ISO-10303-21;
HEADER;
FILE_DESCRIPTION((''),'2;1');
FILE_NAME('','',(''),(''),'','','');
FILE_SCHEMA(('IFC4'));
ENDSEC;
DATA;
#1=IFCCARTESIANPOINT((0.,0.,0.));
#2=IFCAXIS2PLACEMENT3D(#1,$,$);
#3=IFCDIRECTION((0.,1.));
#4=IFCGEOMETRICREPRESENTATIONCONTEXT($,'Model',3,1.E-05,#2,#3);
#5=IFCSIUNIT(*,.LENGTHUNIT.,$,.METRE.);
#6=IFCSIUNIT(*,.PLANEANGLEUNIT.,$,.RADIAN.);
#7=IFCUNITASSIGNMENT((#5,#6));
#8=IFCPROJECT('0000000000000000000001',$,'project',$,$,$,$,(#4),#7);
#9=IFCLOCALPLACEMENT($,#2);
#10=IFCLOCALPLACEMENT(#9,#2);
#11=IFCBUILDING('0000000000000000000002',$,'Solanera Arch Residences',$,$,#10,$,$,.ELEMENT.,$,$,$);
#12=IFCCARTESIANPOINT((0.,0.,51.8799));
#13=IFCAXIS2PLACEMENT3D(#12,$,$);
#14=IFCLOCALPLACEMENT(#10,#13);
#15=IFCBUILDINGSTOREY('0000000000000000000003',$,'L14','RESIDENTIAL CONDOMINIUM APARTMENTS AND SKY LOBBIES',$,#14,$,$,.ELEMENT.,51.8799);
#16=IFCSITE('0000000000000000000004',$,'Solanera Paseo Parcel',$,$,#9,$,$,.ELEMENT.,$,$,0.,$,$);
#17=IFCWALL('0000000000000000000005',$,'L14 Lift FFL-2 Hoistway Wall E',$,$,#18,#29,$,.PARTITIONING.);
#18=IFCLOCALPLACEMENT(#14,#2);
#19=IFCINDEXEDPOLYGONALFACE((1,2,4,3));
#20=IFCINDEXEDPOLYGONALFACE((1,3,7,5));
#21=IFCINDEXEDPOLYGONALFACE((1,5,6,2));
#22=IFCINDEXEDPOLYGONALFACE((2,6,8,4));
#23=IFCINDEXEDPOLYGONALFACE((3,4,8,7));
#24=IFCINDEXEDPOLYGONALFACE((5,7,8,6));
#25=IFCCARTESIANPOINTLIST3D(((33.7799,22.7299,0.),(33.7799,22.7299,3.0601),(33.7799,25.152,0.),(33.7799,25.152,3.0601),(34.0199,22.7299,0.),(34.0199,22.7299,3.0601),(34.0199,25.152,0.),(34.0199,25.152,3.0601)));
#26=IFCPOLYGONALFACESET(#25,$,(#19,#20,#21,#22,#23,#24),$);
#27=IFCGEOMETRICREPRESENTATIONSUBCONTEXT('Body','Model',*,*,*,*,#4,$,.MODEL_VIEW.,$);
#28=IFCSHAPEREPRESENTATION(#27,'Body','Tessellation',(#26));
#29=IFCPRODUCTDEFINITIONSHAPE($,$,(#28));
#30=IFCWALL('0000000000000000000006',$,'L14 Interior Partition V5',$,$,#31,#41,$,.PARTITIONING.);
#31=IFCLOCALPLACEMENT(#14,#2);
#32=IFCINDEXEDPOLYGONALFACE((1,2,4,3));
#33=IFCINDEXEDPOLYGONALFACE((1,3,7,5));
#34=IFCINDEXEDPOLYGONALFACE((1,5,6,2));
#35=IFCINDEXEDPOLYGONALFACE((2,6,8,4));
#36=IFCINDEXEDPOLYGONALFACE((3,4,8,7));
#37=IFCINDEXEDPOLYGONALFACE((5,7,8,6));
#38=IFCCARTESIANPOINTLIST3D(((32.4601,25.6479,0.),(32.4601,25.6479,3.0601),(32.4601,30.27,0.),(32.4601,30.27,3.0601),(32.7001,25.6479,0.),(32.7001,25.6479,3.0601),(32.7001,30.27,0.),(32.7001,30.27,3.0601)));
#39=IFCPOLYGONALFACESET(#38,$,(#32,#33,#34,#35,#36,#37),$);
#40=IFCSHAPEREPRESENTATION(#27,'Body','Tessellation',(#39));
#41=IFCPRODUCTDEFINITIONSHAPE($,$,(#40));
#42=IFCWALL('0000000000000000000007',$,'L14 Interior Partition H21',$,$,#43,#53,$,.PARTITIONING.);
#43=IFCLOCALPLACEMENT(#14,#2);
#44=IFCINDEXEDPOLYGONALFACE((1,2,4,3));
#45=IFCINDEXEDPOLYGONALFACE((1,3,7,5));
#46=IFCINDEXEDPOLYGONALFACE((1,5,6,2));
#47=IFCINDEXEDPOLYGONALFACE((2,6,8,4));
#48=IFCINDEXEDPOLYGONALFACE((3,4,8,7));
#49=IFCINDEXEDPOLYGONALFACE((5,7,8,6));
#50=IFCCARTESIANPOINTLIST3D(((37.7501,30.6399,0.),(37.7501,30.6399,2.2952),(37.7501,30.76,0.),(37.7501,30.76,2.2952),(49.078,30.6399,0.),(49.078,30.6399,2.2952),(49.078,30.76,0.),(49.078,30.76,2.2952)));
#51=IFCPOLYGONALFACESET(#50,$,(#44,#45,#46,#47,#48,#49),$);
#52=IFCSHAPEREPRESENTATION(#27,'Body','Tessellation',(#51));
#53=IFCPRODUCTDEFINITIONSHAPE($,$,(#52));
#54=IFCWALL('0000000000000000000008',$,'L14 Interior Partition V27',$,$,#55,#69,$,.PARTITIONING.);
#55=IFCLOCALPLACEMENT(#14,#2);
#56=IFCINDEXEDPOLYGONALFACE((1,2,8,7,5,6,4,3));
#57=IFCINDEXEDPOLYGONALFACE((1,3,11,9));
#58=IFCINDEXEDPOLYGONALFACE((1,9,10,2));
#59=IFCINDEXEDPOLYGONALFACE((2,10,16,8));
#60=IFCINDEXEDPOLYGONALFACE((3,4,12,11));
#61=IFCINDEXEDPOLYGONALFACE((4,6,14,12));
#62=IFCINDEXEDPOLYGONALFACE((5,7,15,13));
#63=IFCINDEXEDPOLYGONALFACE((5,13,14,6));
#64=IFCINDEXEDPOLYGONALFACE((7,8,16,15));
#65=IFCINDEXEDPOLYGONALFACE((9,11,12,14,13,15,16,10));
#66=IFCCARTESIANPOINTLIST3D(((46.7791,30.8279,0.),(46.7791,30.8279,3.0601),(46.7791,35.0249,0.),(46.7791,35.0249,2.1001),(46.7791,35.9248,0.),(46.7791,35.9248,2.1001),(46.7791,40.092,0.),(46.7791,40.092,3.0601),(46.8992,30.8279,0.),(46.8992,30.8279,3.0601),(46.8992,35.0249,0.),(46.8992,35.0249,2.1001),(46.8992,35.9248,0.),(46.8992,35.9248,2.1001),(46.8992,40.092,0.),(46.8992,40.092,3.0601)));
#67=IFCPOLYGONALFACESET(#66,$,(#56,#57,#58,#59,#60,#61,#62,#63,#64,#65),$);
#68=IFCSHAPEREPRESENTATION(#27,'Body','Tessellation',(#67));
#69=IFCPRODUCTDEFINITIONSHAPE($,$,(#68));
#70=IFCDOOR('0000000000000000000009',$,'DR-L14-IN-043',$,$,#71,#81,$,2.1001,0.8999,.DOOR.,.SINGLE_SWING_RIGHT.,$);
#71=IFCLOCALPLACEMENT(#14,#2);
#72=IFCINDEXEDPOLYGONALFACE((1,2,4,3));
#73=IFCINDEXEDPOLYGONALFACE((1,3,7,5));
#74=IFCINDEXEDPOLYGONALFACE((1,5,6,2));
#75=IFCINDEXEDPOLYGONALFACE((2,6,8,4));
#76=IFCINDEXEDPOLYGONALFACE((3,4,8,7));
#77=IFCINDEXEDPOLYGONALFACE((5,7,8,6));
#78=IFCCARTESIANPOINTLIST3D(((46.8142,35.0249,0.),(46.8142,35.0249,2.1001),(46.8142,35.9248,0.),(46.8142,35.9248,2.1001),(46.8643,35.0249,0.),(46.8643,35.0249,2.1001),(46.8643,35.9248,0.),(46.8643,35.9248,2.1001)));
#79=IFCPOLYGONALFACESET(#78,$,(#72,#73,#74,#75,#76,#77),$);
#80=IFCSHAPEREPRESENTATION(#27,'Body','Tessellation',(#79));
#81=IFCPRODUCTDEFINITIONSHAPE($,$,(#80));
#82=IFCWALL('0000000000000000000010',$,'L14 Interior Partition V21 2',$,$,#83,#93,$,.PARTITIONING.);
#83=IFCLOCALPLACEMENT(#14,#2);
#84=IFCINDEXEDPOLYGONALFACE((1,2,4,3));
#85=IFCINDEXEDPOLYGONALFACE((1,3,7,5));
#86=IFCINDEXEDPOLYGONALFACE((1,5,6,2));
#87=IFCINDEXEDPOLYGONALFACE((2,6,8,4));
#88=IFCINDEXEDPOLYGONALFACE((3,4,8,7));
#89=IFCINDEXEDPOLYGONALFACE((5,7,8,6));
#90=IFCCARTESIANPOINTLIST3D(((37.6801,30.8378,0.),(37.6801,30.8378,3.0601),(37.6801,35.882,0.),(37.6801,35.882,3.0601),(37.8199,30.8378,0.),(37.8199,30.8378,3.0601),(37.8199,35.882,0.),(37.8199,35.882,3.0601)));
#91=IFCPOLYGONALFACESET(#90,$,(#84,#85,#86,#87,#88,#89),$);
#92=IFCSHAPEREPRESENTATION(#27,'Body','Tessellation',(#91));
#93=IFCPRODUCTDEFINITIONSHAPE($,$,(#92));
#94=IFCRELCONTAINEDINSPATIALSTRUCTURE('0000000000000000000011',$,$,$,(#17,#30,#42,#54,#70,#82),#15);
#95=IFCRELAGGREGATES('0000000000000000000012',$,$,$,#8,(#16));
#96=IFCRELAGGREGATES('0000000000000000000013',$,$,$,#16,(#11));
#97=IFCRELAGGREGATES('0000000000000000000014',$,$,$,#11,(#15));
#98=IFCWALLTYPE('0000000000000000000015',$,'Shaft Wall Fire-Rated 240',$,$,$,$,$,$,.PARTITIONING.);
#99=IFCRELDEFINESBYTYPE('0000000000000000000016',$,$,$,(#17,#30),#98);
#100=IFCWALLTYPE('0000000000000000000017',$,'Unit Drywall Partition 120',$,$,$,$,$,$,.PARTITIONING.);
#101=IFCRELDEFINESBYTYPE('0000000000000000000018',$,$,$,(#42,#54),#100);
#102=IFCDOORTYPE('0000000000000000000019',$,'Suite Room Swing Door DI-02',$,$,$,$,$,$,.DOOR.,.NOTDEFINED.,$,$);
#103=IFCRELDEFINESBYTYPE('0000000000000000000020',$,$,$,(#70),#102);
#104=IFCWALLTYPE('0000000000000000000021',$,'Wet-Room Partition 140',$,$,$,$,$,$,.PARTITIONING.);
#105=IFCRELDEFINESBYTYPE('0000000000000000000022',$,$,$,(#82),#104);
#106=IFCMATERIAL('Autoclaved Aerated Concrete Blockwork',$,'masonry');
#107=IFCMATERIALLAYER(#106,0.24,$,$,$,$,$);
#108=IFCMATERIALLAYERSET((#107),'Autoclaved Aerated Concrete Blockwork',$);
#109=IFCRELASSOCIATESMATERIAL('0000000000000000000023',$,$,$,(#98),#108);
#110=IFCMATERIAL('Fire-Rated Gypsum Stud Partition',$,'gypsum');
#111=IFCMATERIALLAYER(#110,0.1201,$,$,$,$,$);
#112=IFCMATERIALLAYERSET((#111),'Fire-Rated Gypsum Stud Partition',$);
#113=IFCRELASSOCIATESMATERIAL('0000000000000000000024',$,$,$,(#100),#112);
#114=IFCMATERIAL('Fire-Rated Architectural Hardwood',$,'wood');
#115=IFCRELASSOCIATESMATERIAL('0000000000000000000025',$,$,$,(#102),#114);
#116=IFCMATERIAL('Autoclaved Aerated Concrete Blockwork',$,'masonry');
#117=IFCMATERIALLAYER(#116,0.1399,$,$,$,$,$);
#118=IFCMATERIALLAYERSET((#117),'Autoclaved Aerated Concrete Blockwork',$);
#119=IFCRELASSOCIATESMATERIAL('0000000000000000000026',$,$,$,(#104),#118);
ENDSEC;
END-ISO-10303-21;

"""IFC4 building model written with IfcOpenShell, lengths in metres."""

from ifc_helpers import new_model, si_unit, direction, frame, frame_2d, origin, place, context, subcontext, project, spatial, rectangle, extrude, material, layer, layer_set, type_object, element, fill, save


model = new_model("IFC4")

# Units and contexts
model_context = context("Model", 3, precision=1e-05, world=origin(), true_north=direction((0.0, 1.0)))
body_context = subcontext(model_context, "Body", "Model", "MODEL_VIEW")
ifc_project = project(units=[si_unit("LENGTHUNIT", "METRE"), si_unit("PLANEANGLEUNIT", "RADIAN")], contexts=[model_context])

# Site, building, storey
site_placement = place(None, origin())
site = spatial("IfcSite", under=ifc_project, at=site_placement, Name="Solanera Paseo Parcel", CompositionType="ELEMENT", RefElevation=0.0)
building_placement = place(site_placement, origin())
building = spatial("IfcBuilding", under=site, at=building_placement, Name="Solanera Arch Residences", CompositionType="ELEMENT")
storey_placement = place(building_placement, frame((0.0, 0.0, 51.8799)))
storey = spatial("IfcBuildingStorey", under=building, at=storey_placement, Name="L14", Description="RESIDENTIAL CONDOMINIUM APARTMENTS AND SKY LOBBIES", CompositionType="ELEMENT", Elevation=51.8799)

# Walls
ifc_material_1 = material(Name="Autoclaved Aerated Concrete Blockwork", Category="masonry")
ifc_layer_1 = layer(ifc_material_1, 0.24)
ifc_layer_set_1 = layer_set([ifc_layer_1], Name="Autoclaved Aerated Concrete Blockwork")
wall_type_1 = type_object("IfcWallType", Name="Shaft Wall Fire-Rated 240", PredefinedType="PARTITIONING", material=ifc_layer_set_1)
wall_1_placement = place(storey_placement, frame((33.8999, 22.73, 0.0), z_axis=(0.0, 0.0, 1.0), x_axis=(0.0, 1.0, 0.0)))
element("IfcWall", 1, at=wall_1_placement, inside=storey, type_object=wall_type_1, Name="L14 Lift FFL-2 Hoistway Wall E", PredefinedType="PARTITIONING", context=body_context, shape_type="SweptSolid", body=[
    extrude(rectangle(XDim=2.4221, YDim=0.24, at=frame_2d((1.2109, 0.0))), origin(), (0.0, 0.0, 1.0), 3.0601),
])
wall_2_placement = place(storey_placement, frame((32.5801, 25.6479, 0.0), z_axis=(0.0, 0.0, 1.0), x_axis=(0.0, 1.0, 0.0)))
element("IfcWall", 2, at=wall_2_placement, inside=storey, type_object=wall_type_1, Name="L14 Interior Partition V5", PredefinedType="PARTITIONING", context=body_context, shape_type="SweptSolid", body=[
    extrude(rectangle(XDim=4.6221, YDim=0.24, at=frame_2d((2.311, 0.0))), origin(), (0.0, 0.0, 1.0), 3.0601),
])
ifc_material_2 = material(Name="Fire-Rated Gypsum Stud Partition", Category="gypsum")
ifc_layer_2 = layer(ifc_material_2, 0.1201)
ifc_layer_set_2 = layer_set([ifc_layer_2], Name="Fire-Rated Gypsum Stud Partition")
wall_type_2 = type_object("IfcWallType", Name="Unit Drywall Partition 120", PredefinedType="PARTITIONING", material=ifc_layer_set_2)
wall_3_placement = place(storey_placement, frame((37.75, 30.7, 0.0), z_axis=(0.0, 0.0, 1.0), x_axis=(1.0, 0.0, 0.0)))
element("IfcWall", 3, at=wall_3_placement, inside=storey, type_object=wall_type_2, Name="L14 Interior Partition H21", PredefinedType="PARTITIONING", context=body_context, shape_type="SweptSolid", body=[
    extrude(rectangle(XDim=11.3279, YDim=0.1201, at=frame_2d((5.6641, 0.0))), origin(), (0.0, 0.0, 1.0), 2.2952),
])

# Wall, opening, door
wall_4_placement = place(storey_placement, frame((46.8391, 30.8279, 0.0), z_axis=(0.0, 0.0, 1.0), x_axis=(0.0, 1.0, 0.0)))
wall_4 = element("IfcWall", 4, at=wall_4_placement, inside=storey, type_object=wall_type_2, Name="L14 Interior Partition V27", PredefinedType="PARTITIONING", context=body_context, shape_type="SweptSolid", body=[
    extrude(rectangle(XDim=9.2642, YDim=0.1201, at=frame_2d((4.6321, 0.0))), origin(), (0.0, 0.0, 1.0), 3.0601),
])
opening_placement = place(wall_4_placement, frame((4.197, 0.0, 0.0)))
opening = element("IfcOpeningElement", 5, at=opening_placement, cuts=wall_4, PredefinedType="OPENING", context=body_context, shape_type="SweptSolid", body=[
    extrude(rectangle(XDim=0.8999, YDim=2.1001, at=frame_2d((0.45, 1.05))), frame((0.0, 0.0701, 0.0), z_axis=(0.0, -1.0, 0.0), x_axis=(1.0, 0.0, 0.0)), (0.0, 0.0, 1.0), 0.1401),
])
ifc_material_3 = material(Name="Fire-Rated Architectural Hardwood", Category="wood")
door_type = type_object("IfcDoorType", Name="Suite Room Swing Door DI-02", OperationType="NOTDEFINED", PredefinedType="DOOR", material=ifc_material_3)
door_placement = place(opening_placement, origin())
door = element("IfcDoor", 6, at=door_placement, inside=storey, type_object=door_type, Name="DR-L14-IN-043", OperationType="SINGLE_SWING_RIGHT", OverallHeight=2.1001, OverallWidth=0.8999, PredefinedType="DOOR", context=body_context, shape_type="SweptSolid", body=[
    extrude(rectangle(XDim=0.8999, YDim=2.1001, at=frame_2d((0.45, 1.05))), frame((0.0, 0.0249, 0.0), z_axis=(0.0, -1.0, 0.0), x_axis=(1.0, 0.0, 0.0)), (0.0, 0.0, 1.0), 0.05),
])
fill(opening, door)

# Wall
ifc_material_4 = material(Name="Autoclaved Aerated Concrete Blockwork", Category="masonry")
ifc_layer_3 = layer(ifc_material_4, 0.1399)
ifc_layer_set_3 = layer_set([ifc_layer_3], Name="Autoclaved Aerated Concrete Blockwork")
wall_type_3 = type_object("IfcWallType", Name="Wet-Room Partition 140", PredefinedType="PARTITIONING", material=ifc_layer_set_3)
wall_5_placement = place(storey_placement, frame((37.75, 30.8379, 0.0), z_axis=(0.0, 0.0, 1.0), x_axis=(0.0, 1.0, 0.0)))
element("IfcWall", 7, at=wall_5_placement, inside=storey, type_object=wall_type_3, Name="L14 Interior Partition V21 2", PredefinedType="PARTITIONING", context=body_context, shape_type="SweptSolid", body=[
    extrude(rectangle(XDim=5.0442, YDim=0.1399, at=frame_2d((2.522, 0.0))), origin(), (0.0, 0.0, 1.0), 3.0601),
])

save(model, "model.ifc")
